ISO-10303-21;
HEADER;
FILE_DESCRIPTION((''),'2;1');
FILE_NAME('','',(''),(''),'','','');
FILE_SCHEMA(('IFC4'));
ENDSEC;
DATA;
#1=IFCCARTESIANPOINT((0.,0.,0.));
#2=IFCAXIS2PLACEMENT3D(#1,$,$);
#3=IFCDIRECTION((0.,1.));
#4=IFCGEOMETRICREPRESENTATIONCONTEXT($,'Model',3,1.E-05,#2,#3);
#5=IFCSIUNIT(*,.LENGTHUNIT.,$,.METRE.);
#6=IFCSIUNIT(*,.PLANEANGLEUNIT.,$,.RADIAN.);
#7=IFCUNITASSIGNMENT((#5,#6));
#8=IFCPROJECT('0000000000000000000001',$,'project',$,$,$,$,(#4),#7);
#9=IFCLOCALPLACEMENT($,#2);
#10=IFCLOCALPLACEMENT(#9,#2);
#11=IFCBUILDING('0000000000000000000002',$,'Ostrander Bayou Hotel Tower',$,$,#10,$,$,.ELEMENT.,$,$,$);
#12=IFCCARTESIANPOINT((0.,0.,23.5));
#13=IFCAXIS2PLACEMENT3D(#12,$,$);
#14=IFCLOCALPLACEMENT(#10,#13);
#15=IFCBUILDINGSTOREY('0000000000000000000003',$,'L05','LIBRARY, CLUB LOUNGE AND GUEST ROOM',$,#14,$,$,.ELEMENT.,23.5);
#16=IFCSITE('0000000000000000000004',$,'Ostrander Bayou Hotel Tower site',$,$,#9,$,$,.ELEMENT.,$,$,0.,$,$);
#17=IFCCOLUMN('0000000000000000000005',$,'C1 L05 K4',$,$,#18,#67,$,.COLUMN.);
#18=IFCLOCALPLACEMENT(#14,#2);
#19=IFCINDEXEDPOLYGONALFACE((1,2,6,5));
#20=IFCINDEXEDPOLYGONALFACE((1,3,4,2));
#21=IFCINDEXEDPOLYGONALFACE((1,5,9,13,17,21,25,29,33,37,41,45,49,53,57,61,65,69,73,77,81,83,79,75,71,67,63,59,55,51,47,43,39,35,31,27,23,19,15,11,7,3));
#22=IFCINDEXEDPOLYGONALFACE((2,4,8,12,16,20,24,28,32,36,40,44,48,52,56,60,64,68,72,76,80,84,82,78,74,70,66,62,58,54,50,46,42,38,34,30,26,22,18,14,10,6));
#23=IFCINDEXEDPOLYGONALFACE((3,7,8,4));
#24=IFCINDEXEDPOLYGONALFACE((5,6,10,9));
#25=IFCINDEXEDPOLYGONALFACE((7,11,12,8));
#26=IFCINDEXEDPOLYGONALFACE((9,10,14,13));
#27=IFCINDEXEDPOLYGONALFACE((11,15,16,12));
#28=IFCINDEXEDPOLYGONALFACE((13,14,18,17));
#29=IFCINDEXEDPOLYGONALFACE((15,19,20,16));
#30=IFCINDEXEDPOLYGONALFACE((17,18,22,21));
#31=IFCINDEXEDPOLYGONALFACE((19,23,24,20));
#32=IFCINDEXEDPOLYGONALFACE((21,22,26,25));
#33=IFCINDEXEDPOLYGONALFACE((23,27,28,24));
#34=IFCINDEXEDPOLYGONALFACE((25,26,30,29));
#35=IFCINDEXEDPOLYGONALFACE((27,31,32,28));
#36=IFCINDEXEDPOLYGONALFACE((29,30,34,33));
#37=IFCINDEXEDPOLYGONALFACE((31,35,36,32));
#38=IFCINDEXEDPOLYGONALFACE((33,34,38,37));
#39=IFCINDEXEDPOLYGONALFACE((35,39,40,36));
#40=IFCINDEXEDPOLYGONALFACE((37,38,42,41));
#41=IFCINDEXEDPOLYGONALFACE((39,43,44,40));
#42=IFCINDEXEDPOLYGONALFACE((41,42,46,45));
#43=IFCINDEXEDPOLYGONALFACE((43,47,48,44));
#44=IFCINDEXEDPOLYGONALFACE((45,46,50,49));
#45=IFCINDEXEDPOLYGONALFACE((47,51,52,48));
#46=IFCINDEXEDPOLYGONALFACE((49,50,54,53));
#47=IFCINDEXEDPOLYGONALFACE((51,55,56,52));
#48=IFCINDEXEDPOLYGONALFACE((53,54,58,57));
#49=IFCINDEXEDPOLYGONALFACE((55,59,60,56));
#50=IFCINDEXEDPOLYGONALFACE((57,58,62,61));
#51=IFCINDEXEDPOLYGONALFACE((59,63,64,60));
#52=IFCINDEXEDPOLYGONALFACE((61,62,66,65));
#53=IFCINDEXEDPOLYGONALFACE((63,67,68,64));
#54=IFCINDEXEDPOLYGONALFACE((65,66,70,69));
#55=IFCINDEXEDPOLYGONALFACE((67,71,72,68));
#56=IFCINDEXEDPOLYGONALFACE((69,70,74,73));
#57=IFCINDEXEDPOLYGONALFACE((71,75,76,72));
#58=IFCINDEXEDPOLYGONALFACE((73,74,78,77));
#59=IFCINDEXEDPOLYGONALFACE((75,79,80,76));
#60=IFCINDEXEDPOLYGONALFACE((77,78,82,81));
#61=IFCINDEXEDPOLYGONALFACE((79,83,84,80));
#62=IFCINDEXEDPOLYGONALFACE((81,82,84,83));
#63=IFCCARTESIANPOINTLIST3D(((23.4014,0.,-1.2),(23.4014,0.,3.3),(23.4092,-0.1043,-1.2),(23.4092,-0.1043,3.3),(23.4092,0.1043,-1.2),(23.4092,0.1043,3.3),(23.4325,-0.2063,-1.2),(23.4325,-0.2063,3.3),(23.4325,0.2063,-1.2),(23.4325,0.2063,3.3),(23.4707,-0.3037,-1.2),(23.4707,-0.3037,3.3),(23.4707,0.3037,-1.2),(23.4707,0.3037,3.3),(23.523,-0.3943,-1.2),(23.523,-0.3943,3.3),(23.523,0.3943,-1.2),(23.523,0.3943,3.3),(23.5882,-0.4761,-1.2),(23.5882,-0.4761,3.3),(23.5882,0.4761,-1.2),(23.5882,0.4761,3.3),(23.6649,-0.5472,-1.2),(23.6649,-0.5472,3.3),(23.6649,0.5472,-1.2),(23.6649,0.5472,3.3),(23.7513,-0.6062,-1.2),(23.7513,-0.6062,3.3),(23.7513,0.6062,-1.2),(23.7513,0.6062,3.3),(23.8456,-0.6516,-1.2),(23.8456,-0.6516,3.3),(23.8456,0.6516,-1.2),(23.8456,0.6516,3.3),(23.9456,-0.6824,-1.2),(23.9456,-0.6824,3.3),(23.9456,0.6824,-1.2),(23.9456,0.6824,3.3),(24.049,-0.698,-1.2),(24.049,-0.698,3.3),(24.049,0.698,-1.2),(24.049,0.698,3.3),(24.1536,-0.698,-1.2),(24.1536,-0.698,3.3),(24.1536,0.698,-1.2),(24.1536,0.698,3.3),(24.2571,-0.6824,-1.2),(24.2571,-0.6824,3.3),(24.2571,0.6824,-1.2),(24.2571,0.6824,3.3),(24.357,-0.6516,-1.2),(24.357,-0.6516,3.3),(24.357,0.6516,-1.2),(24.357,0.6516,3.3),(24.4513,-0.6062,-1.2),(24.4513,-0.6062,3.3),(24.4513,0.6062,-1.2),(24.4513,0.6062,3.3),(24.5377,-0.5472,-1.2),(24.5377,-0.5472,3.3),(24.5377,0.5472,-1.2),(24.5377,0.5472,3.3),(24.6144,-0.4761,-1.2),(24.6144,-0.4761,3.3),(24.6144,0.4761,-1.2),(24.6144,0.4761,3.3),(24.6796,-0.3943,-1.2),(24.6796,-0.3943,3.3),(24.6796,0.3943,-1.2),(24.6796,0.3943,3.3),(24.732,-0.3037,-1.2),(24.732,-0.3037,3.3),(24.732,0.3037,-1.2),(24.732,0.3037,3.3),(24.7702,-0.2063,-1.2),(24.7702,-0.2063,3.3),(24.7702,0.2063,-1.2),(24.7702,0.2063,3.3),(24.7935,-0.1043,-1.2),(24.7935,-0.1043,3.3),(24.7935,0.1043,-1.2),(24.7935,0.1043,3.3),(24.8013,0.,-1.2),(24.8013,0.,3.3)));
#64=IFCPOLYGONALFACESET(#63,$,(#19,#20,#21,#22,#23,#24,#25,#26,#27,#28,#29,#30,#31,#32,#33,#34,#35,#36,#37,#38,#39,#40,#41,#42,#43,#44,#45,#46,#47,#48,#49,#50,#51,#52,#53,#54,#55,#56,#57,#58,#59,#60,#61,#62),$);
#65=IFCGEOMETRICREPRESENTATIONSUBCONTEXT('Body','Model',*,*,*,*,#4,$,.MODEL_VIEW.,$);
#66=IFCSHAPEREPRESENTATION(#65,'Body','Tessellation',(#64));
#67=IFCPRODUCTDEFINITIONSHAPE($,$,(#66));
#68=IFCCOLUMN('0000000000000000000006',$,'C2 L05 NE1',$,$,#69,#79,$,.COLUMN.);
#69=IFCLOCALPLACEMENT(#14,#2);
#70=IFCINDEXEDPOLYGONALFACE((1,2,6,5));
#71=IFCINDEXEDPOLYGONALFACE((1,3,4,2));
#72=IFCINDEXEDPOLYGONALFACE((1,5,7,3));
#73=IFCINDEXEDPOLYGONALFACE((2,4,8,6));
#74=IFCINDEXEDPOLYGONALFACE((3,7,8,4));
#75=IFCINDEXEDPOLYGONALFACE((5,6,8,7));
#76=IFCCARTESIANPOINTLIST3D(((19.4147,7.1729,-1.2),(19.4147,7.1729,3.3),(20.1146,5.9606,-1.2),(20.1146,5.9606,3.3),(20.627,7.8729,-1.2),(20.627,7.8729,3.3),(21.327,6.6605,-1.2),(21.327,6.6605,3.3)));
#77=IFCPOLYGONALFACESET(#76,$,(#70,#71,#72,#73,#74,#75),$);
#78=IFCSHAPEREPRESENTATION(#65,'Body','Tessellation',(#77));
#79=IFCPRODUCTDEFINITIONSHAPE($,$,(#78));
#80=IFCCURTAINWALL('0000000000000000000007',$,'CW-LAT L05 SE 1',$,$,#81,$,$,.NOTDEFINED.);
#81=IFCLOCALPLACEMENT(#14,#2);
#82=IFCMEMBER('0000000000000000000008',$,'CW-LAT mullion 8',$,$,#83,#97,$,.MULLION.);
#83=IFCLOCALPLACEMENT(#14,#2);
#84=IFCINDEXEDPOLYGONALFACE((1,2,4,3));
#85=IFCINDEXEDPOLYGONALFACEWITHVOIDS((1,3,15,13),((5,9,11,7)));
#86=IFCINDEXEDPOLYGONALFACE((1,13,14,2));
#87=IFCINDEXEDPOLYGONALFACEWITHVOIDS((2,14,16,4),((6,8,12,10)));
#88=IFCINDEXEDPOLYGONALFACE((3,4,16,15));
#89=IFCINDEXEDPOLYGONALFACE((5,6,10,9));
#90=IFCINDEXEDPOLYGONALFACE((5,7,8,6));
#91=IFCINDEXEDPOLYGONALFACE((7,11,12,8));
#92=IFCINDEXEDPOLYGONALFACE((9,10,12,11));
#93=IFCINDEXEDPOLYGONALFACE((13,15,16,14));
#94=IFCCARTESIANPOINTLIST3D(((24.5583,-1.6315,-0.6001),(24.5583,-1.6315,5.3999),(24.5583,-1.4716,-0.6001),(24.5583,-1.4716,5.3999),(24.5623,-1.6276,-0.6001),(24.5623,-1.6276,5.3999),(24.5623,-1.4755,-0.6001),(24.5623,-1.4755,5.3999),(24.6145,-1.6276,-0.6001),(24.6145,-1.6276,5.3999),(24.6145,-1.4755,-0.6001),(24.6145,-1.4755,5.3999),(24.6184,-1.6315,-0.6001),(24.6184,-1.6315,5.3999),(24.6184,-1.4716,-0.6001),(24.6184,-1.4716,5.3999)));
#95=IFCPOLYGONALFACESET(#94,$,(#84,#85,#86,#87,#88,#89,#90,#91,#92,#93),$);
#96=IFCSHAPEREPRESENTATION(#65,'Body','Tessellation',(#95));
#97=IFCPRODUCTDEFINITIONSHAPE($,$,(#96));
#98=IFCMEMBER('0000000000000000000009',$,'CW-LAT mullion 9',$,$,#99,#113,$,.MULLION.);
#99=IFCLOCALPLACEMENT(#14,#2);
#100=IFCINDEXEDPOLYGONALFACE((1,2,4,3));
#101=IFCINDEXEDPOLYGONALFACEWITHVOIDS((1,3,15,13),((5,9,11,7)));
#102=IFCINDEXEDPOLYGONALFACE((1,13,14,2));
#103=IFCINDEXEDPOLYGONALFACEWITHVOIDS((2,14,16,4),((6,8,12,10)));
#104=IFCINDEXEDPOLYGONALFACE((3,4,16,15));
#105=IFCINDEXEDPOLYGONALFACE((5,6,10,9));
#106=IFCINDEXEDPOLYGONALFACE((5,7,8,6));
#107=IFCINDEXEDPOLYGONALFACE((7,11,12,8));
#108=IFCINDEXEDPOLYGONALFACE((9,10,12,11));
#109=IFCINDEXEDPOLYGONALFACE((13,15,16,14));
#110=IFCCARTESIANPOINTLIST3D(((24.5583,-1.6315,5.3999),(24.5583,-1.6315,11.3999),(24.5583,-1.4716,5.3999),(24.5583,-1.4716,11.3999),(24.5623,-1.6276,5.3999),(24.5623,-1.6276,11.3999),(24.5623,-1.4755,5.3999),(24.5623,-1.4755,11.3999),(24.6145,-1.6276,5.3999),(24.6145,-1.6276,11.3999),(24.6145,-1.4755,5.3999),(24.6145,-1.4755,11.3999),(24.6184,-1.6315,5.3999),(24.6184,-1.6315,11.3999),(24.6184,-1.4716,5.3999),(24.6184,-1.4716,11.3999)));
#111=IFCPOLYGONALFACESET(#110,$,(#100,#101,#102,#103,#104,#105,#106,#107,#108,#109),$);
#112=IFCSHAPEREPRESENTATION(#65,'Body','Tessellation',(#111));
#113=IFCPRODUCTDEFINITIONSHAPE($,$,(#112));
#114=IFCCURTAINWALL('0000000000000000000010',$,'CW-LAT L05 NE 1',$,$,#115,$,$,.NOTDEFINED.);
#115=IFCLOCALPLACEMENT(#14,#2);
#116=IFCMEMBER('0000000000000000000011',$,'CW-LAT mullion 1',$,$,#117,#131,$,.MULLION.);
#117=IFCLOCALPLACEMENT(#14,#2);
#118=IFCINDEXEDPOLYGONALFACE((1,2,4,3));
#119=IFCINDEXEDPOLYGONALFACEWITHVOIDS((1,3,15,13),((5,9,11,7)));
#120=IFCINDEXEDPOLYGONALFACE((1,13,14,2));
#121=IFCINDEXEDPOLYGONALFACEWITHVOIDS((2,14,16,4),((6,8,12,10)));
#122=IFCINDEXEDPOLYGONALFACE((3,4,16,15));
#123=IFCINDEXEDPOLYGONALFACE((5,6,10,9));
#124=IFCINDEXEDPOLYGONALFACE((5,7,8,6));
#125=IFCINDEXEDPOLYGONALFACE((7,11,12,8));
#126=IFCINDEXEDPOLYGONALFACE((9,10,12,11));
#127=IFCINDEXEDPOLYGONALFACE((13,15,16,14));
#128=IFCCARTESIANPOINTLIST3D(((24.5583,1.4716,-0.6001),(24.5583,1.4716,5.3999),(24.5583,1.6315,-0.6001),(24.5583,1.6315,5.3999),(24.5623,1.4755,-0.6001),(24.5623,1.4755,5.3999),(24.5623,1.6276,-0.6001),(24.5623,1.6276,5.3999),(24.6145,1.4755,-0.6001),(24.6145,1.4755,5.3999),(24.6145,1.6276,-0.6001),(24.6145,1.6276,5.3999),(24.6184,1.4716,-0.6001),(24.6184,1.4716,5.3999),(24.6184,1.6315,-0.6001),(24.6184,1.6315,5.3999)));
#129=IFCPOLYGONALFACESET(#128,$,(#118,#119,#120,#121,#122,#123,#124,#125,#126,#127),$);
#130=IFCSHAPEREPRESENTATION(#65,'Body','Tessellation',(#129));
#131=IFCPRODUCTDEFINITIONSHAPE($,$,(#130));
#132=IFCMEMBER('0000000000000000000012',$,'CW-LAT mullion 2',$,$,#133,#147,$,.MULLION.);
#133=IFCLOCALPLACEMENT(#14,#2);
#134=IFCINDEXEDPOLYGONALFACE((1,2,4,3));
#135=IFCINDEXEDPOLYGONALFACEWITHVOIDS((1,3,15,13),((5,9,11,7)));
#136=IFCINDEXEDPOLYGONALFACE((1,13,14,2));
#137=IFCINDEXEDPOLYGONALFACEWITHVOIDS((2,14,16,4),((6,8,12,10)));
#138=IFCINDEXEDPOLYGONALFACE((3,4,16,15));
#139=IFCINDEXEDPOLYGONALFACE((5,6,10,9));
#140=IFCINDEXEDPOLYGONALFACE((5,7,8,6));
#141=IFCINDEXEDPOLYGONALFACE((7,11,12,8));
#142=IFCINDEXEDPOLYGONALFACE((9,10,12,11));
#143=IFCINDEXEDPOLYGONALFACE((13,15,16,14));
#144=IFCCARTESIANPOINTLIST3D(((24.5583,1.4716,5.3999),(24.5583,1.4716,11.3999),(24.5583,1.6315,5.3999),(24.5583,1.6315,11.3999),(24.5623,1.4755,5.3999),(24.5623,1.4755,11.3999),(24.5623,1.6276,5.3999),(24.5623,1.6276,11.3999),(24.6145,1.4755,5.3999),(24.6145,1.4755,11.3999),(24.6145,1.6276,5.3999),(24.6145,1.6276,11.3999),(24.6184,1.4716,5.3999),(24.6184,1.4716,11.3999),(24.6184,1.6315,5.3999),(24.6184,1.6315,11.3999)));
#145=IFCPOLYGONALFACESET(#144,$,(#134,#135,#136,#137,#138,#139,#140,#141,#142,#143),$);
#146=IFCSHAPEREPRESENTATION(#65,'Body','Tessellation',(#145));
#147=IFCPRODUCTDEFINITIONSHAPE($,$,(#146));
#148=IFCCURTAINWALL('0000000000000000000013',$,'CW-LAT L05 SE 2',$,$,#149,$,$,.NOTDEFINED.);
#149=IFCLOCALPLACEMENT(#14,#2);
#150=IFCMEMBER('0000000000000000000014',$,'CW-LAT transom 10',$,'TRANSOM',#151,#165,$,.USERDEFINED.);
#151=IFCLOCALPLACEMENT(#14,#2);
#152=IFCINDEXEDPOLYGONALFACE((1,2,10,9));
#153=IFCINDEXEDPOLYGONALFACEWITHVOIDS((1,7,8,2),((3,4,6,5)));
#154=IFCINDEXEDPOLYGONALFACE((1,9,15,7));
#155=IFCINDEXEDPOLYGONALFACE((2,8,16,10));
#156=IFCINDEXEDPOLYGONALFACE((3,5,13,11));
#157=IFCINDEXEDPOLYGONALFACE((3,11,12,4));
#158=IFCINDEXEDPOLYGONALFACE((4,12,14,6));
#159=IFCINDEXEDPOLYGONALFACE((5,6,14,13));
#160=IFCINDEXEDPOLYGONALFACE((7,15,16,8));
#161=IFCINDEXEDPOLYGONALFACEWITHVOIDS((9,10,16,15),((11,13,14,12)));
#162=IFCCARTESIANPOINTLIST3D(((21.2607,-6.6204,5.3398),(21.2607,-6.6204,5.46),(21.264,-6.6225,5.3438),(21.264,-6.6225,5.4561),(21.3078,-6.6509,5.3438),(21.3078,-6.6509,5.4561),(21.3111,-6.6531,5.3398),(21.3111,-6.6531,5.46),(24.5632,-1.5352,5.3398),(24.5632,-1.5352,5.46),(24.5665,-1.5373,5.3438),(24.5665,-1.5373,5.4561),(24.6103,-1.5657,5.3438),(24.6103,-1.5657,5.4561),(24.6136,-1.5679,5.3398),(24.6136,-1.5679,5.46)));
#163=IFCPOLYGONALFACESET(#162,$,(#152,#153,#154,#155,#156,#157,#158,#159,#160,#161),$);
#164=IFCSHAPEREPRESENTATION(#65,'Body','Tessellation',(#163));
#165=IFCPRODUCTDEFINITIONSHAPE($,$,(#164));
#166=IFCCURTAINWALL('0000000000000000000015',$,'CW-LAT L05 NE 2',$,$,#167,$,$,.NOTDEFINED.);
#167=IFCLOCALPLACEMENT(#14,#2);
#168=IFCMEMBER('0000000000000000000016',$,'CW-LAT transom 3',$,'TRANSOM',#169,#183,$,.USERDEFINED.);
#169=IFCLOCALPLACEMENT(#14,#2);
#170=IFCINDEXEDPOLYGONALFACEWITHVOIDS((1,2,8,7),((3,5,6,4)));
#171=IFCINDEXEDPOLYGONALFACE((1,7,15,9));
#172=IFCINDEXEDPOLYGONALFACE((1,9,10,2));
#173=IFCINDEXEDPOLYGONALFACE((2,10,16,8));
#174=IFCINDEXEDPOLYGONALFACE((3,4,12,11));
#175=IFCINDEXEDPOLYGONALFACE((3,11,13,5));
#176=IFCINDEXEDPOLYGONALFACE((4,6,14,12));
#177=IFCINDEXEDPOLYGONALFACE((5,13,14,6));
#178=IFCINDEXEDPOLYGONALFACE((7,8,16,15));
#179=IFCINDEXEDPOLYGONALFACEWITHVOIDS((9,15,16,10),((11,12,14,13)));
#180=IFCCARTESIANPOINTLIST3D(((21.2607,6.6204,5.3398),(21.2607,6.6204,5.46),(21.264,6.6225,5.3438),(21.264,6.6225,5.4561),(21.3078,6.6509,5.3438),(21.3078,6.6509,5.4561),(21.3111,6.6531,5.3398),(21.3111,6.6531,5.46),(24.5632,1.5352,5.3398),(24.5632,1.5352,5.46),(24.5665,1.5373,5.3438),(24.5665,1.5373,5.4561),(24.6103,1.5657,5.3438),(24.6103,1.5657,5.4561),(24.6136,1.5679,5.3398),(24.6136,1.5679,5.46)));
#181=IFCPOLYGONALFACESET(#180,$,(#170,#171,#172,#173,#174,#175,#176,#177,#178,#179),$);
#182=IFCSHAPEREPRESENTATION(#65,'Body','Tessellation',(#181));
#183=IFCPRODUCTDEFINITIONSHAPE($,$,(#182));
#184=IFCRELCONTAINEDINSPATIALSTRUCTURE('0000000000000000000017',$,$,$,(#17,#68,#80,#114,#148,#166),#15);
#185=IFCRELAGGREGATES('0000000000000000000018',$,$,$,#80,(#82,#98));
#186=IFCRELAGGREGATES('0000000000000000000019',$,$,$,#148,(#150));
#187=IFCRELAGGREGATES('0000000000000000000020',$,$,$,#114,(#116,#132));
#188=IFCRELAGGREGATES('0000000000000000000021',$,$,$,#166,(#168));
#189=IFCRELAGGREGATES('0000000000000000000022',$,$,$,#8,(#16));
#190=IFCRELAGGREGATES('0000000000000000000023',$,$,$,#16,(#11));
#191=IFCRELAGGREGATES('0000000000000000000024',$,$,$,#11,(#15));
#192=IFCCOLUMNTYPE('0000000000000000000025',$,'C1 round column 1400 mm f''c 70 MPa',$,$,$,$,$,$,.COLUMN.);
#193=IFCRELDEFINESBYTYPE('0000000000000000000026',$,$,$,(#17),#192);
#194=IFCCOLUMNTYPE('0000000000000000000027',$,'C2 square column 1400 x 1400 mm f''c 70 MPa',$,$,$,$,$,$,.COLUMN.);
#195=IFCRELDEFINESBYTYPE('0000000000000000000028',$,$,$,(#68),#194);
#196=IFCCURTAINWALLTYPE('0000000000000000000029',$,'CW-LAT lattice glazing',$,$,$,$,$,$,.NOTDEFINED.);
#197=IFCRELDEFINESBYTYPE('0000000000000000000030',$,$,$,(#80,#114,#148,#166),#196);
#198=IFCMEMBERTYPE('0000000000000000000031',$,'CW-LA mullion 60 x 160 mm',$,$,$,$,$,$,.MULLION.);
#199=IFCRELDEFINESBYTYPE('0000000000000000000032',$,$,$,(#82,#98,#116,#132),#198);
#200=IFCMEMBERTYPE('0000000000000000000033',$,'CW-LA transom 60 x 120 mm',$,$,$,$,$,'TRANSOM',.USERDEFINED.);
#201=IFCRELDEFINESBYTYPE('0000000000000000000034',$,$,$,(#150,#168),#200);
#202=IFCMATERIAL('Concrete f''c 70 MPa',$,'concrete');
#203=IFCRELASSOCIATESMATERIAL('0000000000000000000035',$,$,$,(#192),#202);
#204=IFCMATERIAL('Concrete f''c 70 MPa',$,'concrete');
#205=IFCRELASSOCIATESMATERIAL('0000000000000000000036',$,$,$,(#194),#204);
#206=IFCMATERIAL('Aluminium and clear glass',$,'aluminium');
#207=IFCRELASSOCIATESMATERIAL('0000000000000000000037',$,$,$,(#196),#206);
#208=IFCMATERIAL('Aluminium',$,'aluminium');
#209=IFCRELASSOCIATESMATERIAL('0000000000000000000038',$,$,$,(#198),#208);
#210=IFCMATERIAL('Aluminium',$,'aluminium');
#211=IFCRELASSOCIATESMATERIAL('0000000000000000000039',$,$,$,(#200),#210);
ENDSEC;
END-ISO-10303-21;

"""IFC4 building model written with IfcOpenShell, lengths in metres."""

from ifc_helpers import new_model, si_unit, direction, frame, origin, origin_2d, place, context, subcontext, project, spatial, rectangle, hollow_rectangle, circle, extrude, material, material_profile, profile_set, type_object, element, aggregate, save


model = new_model("IFC4")

# Units and contexts
model_context = context("Model", 3, precision=1e-05, world=origin(), true_north=direction((0.0, 1.0)))
body_context = subcontext(model_context, "Body", "Model", "MODEL_VIEW")
ifc_project = project(units=[si_unit("LENGTHUNIT", "METRE"), si_unit("PLANEANGLEUNIT", "RADIAN")], contexts=[model_context])

# Site, building, storey
site_placement = place(None, origin())
site = spatial("IfcSite", under=ifc_project, at=site_placement, Name="Ostrander Bayou Hotel Tower site", CompositionType="ELEMENT", RefElevation=0.0)
building_placement = place(site_placement, origin())
building = spatial("IfcBuilding", under=site, at=building_placement, Name="Ostrander Bayou Hotel Tower", CompositionType="ELEMENT")
storey_placement = place(building_placement, frame((0.0, 0.0, 23.5)))
storey = spatial("IfcBuildingStorey", under=building, at=storey_placement, Name="L05", Description="LIBRARY, CLUB LOUNGE AND GUEST ROOM", CompositionType="ELEMENT", Elevation=23.5)

# Columns
ifc_material_1 = material(Name="Concrete f'c 70 MPa", Category="concrete")
ifc_material_profile_1 = material_profile(ifc_material_1, circle(Radius=0.7, at=origin_2d()))
ifc_profile_set_1 = profile_set([ifc_material_profile_1], Name="Concrete f'c 70 MPa")
column_type_1 = type_object("IfcColumnType", Name="C1 round column 1400 mm f'c 70 MPa", PredefinedType="COLUMN", material=ifc_profile_set_1)
column_1_placement = place(storey_placement, frame((24.1013, 0.0, -1.2), z_axis=(0.0, 0.0, 1.0), x_axis=(1.0, 0.0, 0.0)))
element("IfcColumn", 1, at=column_1_placement, inside=storey, type_object=column_type_1, Name="C1 L05 K4", PredefinedType="COLUMN", context=body_context, shape_type="SweptSolid", body=[
    extrude(circle(Radius=0.7, at=origin_2d()), origin(), (0.0, 0.0, 1.0), 4.5),
])
ifc_material_2 = material(Name="Concrete f'c 70 MPa", Category="concrete")
ifc_material_profile_2 = material_profile(ifc_material_2, rectangle(XDim=1.3999, YDim=1.3999, at=origin_2d()))
ifc_profile_set_2 = profile_set([ifc_material_profile_2], Name="Concrete f'c 70 MPa")
column_type_2 = type_object("IfcColumnType", Name="C2 square column 1400 x 1400 mm f'c 70 MPa", PredefinedType="COLUMN", material=ifc_profile_set_2)
column_2_placement = place(storey_placement, frame((20.3708, 6.9167, -1.2), z_axis=(0.0, 0.0, 1.0), x_axis=(0.5, -0.866025, 0.0)))
element("IfcColumn", 2, at=column_2_placement, inside=storey, type_object=column_type_2, Name="C2 L05 NE1", PredefinedType="COLUMN", context=body_context, shape_type="SweptSolid", body=[
    extrude(rectangle(XDim=1.3999, YDim=1.3999, at=origin_2d()), origin(), (0.0, 0.0, 1.0), 4.5),
])

# Curtain walls, members
ifc_material_3 = material(Name="Aluminium and clear glass", Category="aluminium")
curtain_wall_type_1 = type_object("IfcCurtainWallType", Name="CW-LAT lattice glazing", PredefinedType="NOTDEFINED", material=ifc_material_3)
curtain_wall_1_placement = place(storey_placement, origin())
curtain_wall_1 = element("IfcCurtainWall", 3, at=curtain_wall_1_placement, inside=storey, type_object=curtain_wall_type_1, Name="CW-LAT L05 SE 1", PredefinedType="NOTDEFINED")
ifc_material_4 = material(Name="Aluminium", Category="aluminium")
ifc_material_profile_3 = material_profile(ifc_material_4, hollow_rectangle(XDim=0.0601, YDim=0.1599, WallThickness=0.0039, at=origin_2d()))
ifc_profile_set_3 = profile_set([ifc_material_profile_3], Name="Aluminium")
member_type_1 = type_object("IfcMemberType", Name="CW-LA mullion 60 x 160 mm", PredefinedType="MULLION", material=ifc_profile_set_3)
member_1_placement = place(storey_placement, frame((24.5884, -1.5515, -0.6001), z_axis=(0.0, 0.0, 1.0), x_axis=(1.0, 0.0, 0.0)))
member_1 = element("IfcMember", 4, at=member_1_placement, type_object=member_type_1, Name="CW-LAT mullion 8", PredefinedType="MULLION", context=body_context, shape_type="SweptSolid", body=[
    extrude(hollow_rectangle(XDim=0.0601, YDim=0.1599, WallThickness=0.0039, at=origin_2d()), origin(), (0.0, 0.0, 1.0), 6.0),
])
member_2_placement = place(storey_placement, frame((24.5884, -1.5515, 5.3999), z_axis=(0.0, 0.0, 1.0), x_axis=(1.0, 0.0, 0.0)))
member_2 = element("IfcMember", 5, at=member_2_placement, type_object=member_type_1, Name="CW-LAT mullion 9", PredefinedType="MULLION", context=body_context, shape_type="SweptSolid", body=[
    extrude(hollow_rectangle(XDim=0.0601, YDim=0.1599, WallThickness=0.0039, at=origin_2d()), origin(), (0.0, 0.0, 1.0), 6.0),
])
aggregate(curtain_wall_1, [member_1, member_2])
curtain_wall_2_placement = place(storey_placement, origin())
curtain_wall_2 = element("IfcCurtainWall", 6, at=curtain_wall_2_placement, inside=storey, type_object=curtain_wall_type_1, Name="CW-LAT L05 NE 1", PredefinedType="NOTDEFINED")
member_3_placement = place(storey_placement, frame((24.5884, 1.5515, -0.6001), z_axis=(0.0, 0.0, 1.0), x_axis=(1.0, 0.0, 0.0)))
member_3 = element("IfcMember", 7, at=member_3_placement, type_object=member_type_1, Name="CW-LAT mullion 1", PredefinedType="MULLION", context=body_context, shape_type="SweptSolid", body=[
    extrude(hollow_rectangle(XDim=0.0601, YDim=0.1599, WallThickness=0.0039, at=origin_2d()), origin(), (0.0, 0.0, 1.0), 6.0),
])
member_4_placement = place(storey_placement, frame((24.5884, 1.5515, 5.3999), z_axis=(0.0, 0.0, 1.0), x_axis=(1.0, 0.0, 0.0)))
member_4 = element("IfcMember", 8, at=member_4_placement, type_object=member_type_1, Name="CW-LAT mullion 2", PredefinedType="MULLION", context=body_context, shape_type="SweptSolid", body=[
    extrude(hollow_rectangle(XDim=0.0601, YDim=0.1599, WallThickness=0.0039, at=origin_2d()), origin(), (0.0, 0.0, 1.0), 6.0),
])

# Curtain walls, members
curtain_wall_3_placement = place(storey_placement, origin())
curtain_wall_3 = element("IfcCurtainWall", 9, at=curtain_wall_3_placement, inside=storey, type_object=curtain_wall_type_1, Name="CW-LAT L05 SE 2", PredefinedType="NOTDEFINED")
ifc_material_5 = material(Name="Aluminium", Category="aluminium")
ifc_material_profile_4 = material_profile(ifc_material_5, hollow_rectangle(XDim=0.0601, YDim=0.1201, WallThickness=0.0039, at=origin_2d()))
ifc_profile_set_4 = profile_set([ifc_material_profile_4], Name="Aluminium")
member_type_2 = type_object("IfcMemberType", Name="CW-LA transom 60 x 120 mm", ElementType="TRANSOM", PredefinedType="USERDEFINED", material=ifc_profile_set_4)
member_5_placement = place(storey_placement, frame((24.5884, -1.5515, 5.3999), z_axis=(-0.544653, -0.838662, 0.0), x_axis=(0.838662, -0.544653, 0.0)))
member_5 = element("IfcMember", 10, at=member_5_placement, type_object=member_type_2, Name="CW-LAT transom 10", ObjectType="TRANSOM", PredefinedType="USERDEFINED", context=body_context, shape_type="SweptSolid", body=[
    extrude(hollow_rectangle(XDim=0.0601, YDim=0.1201, WallThickness=0.0039, at=origin_2d()), origin(), (0.0, 0.0, 1.0), 6.0635),
])
aggregate(curtain_wall_3, [member_5])
curtain_wall_4_placement = place(storey_placement, origin())
curtain_wall_4 = element("IfcCurtainWall", 11, at=curtain_wall_4_placement, inside=storey, type_object=curtain_wall_type_1, Name="CW-LAT L05 NE 2", PredefinedType="NOTDEFINED")
member_6_placement = place(storey_placement, frame((24.5884, 1.5515, 5.3999), z_axis=(-0.544653, 0.838662, 0.0), x_axis=(-0.838662, -0.544653, 0.0)))
member_6 = element("IfcMember", 12, at=member_6_placement, type_object=member_type_2, Name="CW-LAT transom 3", ObjectType="TRANSOM", PredefinedType="USERDEFINED", context=body_context, shape_type="SweptSolid", body=[
    extrude(hollow_rectangle(XDim=0.0601, YDim=0.1201, WallThickness=0.0039, at=origin_2d()), origin(), (0.0, 0.0, 1.0), 6.0635),
])

aggregate(curtain_wall_2, [member_3, member_4])
aggregate(curtain_wall_4, [member_6])

save(model, "model.ifc")
